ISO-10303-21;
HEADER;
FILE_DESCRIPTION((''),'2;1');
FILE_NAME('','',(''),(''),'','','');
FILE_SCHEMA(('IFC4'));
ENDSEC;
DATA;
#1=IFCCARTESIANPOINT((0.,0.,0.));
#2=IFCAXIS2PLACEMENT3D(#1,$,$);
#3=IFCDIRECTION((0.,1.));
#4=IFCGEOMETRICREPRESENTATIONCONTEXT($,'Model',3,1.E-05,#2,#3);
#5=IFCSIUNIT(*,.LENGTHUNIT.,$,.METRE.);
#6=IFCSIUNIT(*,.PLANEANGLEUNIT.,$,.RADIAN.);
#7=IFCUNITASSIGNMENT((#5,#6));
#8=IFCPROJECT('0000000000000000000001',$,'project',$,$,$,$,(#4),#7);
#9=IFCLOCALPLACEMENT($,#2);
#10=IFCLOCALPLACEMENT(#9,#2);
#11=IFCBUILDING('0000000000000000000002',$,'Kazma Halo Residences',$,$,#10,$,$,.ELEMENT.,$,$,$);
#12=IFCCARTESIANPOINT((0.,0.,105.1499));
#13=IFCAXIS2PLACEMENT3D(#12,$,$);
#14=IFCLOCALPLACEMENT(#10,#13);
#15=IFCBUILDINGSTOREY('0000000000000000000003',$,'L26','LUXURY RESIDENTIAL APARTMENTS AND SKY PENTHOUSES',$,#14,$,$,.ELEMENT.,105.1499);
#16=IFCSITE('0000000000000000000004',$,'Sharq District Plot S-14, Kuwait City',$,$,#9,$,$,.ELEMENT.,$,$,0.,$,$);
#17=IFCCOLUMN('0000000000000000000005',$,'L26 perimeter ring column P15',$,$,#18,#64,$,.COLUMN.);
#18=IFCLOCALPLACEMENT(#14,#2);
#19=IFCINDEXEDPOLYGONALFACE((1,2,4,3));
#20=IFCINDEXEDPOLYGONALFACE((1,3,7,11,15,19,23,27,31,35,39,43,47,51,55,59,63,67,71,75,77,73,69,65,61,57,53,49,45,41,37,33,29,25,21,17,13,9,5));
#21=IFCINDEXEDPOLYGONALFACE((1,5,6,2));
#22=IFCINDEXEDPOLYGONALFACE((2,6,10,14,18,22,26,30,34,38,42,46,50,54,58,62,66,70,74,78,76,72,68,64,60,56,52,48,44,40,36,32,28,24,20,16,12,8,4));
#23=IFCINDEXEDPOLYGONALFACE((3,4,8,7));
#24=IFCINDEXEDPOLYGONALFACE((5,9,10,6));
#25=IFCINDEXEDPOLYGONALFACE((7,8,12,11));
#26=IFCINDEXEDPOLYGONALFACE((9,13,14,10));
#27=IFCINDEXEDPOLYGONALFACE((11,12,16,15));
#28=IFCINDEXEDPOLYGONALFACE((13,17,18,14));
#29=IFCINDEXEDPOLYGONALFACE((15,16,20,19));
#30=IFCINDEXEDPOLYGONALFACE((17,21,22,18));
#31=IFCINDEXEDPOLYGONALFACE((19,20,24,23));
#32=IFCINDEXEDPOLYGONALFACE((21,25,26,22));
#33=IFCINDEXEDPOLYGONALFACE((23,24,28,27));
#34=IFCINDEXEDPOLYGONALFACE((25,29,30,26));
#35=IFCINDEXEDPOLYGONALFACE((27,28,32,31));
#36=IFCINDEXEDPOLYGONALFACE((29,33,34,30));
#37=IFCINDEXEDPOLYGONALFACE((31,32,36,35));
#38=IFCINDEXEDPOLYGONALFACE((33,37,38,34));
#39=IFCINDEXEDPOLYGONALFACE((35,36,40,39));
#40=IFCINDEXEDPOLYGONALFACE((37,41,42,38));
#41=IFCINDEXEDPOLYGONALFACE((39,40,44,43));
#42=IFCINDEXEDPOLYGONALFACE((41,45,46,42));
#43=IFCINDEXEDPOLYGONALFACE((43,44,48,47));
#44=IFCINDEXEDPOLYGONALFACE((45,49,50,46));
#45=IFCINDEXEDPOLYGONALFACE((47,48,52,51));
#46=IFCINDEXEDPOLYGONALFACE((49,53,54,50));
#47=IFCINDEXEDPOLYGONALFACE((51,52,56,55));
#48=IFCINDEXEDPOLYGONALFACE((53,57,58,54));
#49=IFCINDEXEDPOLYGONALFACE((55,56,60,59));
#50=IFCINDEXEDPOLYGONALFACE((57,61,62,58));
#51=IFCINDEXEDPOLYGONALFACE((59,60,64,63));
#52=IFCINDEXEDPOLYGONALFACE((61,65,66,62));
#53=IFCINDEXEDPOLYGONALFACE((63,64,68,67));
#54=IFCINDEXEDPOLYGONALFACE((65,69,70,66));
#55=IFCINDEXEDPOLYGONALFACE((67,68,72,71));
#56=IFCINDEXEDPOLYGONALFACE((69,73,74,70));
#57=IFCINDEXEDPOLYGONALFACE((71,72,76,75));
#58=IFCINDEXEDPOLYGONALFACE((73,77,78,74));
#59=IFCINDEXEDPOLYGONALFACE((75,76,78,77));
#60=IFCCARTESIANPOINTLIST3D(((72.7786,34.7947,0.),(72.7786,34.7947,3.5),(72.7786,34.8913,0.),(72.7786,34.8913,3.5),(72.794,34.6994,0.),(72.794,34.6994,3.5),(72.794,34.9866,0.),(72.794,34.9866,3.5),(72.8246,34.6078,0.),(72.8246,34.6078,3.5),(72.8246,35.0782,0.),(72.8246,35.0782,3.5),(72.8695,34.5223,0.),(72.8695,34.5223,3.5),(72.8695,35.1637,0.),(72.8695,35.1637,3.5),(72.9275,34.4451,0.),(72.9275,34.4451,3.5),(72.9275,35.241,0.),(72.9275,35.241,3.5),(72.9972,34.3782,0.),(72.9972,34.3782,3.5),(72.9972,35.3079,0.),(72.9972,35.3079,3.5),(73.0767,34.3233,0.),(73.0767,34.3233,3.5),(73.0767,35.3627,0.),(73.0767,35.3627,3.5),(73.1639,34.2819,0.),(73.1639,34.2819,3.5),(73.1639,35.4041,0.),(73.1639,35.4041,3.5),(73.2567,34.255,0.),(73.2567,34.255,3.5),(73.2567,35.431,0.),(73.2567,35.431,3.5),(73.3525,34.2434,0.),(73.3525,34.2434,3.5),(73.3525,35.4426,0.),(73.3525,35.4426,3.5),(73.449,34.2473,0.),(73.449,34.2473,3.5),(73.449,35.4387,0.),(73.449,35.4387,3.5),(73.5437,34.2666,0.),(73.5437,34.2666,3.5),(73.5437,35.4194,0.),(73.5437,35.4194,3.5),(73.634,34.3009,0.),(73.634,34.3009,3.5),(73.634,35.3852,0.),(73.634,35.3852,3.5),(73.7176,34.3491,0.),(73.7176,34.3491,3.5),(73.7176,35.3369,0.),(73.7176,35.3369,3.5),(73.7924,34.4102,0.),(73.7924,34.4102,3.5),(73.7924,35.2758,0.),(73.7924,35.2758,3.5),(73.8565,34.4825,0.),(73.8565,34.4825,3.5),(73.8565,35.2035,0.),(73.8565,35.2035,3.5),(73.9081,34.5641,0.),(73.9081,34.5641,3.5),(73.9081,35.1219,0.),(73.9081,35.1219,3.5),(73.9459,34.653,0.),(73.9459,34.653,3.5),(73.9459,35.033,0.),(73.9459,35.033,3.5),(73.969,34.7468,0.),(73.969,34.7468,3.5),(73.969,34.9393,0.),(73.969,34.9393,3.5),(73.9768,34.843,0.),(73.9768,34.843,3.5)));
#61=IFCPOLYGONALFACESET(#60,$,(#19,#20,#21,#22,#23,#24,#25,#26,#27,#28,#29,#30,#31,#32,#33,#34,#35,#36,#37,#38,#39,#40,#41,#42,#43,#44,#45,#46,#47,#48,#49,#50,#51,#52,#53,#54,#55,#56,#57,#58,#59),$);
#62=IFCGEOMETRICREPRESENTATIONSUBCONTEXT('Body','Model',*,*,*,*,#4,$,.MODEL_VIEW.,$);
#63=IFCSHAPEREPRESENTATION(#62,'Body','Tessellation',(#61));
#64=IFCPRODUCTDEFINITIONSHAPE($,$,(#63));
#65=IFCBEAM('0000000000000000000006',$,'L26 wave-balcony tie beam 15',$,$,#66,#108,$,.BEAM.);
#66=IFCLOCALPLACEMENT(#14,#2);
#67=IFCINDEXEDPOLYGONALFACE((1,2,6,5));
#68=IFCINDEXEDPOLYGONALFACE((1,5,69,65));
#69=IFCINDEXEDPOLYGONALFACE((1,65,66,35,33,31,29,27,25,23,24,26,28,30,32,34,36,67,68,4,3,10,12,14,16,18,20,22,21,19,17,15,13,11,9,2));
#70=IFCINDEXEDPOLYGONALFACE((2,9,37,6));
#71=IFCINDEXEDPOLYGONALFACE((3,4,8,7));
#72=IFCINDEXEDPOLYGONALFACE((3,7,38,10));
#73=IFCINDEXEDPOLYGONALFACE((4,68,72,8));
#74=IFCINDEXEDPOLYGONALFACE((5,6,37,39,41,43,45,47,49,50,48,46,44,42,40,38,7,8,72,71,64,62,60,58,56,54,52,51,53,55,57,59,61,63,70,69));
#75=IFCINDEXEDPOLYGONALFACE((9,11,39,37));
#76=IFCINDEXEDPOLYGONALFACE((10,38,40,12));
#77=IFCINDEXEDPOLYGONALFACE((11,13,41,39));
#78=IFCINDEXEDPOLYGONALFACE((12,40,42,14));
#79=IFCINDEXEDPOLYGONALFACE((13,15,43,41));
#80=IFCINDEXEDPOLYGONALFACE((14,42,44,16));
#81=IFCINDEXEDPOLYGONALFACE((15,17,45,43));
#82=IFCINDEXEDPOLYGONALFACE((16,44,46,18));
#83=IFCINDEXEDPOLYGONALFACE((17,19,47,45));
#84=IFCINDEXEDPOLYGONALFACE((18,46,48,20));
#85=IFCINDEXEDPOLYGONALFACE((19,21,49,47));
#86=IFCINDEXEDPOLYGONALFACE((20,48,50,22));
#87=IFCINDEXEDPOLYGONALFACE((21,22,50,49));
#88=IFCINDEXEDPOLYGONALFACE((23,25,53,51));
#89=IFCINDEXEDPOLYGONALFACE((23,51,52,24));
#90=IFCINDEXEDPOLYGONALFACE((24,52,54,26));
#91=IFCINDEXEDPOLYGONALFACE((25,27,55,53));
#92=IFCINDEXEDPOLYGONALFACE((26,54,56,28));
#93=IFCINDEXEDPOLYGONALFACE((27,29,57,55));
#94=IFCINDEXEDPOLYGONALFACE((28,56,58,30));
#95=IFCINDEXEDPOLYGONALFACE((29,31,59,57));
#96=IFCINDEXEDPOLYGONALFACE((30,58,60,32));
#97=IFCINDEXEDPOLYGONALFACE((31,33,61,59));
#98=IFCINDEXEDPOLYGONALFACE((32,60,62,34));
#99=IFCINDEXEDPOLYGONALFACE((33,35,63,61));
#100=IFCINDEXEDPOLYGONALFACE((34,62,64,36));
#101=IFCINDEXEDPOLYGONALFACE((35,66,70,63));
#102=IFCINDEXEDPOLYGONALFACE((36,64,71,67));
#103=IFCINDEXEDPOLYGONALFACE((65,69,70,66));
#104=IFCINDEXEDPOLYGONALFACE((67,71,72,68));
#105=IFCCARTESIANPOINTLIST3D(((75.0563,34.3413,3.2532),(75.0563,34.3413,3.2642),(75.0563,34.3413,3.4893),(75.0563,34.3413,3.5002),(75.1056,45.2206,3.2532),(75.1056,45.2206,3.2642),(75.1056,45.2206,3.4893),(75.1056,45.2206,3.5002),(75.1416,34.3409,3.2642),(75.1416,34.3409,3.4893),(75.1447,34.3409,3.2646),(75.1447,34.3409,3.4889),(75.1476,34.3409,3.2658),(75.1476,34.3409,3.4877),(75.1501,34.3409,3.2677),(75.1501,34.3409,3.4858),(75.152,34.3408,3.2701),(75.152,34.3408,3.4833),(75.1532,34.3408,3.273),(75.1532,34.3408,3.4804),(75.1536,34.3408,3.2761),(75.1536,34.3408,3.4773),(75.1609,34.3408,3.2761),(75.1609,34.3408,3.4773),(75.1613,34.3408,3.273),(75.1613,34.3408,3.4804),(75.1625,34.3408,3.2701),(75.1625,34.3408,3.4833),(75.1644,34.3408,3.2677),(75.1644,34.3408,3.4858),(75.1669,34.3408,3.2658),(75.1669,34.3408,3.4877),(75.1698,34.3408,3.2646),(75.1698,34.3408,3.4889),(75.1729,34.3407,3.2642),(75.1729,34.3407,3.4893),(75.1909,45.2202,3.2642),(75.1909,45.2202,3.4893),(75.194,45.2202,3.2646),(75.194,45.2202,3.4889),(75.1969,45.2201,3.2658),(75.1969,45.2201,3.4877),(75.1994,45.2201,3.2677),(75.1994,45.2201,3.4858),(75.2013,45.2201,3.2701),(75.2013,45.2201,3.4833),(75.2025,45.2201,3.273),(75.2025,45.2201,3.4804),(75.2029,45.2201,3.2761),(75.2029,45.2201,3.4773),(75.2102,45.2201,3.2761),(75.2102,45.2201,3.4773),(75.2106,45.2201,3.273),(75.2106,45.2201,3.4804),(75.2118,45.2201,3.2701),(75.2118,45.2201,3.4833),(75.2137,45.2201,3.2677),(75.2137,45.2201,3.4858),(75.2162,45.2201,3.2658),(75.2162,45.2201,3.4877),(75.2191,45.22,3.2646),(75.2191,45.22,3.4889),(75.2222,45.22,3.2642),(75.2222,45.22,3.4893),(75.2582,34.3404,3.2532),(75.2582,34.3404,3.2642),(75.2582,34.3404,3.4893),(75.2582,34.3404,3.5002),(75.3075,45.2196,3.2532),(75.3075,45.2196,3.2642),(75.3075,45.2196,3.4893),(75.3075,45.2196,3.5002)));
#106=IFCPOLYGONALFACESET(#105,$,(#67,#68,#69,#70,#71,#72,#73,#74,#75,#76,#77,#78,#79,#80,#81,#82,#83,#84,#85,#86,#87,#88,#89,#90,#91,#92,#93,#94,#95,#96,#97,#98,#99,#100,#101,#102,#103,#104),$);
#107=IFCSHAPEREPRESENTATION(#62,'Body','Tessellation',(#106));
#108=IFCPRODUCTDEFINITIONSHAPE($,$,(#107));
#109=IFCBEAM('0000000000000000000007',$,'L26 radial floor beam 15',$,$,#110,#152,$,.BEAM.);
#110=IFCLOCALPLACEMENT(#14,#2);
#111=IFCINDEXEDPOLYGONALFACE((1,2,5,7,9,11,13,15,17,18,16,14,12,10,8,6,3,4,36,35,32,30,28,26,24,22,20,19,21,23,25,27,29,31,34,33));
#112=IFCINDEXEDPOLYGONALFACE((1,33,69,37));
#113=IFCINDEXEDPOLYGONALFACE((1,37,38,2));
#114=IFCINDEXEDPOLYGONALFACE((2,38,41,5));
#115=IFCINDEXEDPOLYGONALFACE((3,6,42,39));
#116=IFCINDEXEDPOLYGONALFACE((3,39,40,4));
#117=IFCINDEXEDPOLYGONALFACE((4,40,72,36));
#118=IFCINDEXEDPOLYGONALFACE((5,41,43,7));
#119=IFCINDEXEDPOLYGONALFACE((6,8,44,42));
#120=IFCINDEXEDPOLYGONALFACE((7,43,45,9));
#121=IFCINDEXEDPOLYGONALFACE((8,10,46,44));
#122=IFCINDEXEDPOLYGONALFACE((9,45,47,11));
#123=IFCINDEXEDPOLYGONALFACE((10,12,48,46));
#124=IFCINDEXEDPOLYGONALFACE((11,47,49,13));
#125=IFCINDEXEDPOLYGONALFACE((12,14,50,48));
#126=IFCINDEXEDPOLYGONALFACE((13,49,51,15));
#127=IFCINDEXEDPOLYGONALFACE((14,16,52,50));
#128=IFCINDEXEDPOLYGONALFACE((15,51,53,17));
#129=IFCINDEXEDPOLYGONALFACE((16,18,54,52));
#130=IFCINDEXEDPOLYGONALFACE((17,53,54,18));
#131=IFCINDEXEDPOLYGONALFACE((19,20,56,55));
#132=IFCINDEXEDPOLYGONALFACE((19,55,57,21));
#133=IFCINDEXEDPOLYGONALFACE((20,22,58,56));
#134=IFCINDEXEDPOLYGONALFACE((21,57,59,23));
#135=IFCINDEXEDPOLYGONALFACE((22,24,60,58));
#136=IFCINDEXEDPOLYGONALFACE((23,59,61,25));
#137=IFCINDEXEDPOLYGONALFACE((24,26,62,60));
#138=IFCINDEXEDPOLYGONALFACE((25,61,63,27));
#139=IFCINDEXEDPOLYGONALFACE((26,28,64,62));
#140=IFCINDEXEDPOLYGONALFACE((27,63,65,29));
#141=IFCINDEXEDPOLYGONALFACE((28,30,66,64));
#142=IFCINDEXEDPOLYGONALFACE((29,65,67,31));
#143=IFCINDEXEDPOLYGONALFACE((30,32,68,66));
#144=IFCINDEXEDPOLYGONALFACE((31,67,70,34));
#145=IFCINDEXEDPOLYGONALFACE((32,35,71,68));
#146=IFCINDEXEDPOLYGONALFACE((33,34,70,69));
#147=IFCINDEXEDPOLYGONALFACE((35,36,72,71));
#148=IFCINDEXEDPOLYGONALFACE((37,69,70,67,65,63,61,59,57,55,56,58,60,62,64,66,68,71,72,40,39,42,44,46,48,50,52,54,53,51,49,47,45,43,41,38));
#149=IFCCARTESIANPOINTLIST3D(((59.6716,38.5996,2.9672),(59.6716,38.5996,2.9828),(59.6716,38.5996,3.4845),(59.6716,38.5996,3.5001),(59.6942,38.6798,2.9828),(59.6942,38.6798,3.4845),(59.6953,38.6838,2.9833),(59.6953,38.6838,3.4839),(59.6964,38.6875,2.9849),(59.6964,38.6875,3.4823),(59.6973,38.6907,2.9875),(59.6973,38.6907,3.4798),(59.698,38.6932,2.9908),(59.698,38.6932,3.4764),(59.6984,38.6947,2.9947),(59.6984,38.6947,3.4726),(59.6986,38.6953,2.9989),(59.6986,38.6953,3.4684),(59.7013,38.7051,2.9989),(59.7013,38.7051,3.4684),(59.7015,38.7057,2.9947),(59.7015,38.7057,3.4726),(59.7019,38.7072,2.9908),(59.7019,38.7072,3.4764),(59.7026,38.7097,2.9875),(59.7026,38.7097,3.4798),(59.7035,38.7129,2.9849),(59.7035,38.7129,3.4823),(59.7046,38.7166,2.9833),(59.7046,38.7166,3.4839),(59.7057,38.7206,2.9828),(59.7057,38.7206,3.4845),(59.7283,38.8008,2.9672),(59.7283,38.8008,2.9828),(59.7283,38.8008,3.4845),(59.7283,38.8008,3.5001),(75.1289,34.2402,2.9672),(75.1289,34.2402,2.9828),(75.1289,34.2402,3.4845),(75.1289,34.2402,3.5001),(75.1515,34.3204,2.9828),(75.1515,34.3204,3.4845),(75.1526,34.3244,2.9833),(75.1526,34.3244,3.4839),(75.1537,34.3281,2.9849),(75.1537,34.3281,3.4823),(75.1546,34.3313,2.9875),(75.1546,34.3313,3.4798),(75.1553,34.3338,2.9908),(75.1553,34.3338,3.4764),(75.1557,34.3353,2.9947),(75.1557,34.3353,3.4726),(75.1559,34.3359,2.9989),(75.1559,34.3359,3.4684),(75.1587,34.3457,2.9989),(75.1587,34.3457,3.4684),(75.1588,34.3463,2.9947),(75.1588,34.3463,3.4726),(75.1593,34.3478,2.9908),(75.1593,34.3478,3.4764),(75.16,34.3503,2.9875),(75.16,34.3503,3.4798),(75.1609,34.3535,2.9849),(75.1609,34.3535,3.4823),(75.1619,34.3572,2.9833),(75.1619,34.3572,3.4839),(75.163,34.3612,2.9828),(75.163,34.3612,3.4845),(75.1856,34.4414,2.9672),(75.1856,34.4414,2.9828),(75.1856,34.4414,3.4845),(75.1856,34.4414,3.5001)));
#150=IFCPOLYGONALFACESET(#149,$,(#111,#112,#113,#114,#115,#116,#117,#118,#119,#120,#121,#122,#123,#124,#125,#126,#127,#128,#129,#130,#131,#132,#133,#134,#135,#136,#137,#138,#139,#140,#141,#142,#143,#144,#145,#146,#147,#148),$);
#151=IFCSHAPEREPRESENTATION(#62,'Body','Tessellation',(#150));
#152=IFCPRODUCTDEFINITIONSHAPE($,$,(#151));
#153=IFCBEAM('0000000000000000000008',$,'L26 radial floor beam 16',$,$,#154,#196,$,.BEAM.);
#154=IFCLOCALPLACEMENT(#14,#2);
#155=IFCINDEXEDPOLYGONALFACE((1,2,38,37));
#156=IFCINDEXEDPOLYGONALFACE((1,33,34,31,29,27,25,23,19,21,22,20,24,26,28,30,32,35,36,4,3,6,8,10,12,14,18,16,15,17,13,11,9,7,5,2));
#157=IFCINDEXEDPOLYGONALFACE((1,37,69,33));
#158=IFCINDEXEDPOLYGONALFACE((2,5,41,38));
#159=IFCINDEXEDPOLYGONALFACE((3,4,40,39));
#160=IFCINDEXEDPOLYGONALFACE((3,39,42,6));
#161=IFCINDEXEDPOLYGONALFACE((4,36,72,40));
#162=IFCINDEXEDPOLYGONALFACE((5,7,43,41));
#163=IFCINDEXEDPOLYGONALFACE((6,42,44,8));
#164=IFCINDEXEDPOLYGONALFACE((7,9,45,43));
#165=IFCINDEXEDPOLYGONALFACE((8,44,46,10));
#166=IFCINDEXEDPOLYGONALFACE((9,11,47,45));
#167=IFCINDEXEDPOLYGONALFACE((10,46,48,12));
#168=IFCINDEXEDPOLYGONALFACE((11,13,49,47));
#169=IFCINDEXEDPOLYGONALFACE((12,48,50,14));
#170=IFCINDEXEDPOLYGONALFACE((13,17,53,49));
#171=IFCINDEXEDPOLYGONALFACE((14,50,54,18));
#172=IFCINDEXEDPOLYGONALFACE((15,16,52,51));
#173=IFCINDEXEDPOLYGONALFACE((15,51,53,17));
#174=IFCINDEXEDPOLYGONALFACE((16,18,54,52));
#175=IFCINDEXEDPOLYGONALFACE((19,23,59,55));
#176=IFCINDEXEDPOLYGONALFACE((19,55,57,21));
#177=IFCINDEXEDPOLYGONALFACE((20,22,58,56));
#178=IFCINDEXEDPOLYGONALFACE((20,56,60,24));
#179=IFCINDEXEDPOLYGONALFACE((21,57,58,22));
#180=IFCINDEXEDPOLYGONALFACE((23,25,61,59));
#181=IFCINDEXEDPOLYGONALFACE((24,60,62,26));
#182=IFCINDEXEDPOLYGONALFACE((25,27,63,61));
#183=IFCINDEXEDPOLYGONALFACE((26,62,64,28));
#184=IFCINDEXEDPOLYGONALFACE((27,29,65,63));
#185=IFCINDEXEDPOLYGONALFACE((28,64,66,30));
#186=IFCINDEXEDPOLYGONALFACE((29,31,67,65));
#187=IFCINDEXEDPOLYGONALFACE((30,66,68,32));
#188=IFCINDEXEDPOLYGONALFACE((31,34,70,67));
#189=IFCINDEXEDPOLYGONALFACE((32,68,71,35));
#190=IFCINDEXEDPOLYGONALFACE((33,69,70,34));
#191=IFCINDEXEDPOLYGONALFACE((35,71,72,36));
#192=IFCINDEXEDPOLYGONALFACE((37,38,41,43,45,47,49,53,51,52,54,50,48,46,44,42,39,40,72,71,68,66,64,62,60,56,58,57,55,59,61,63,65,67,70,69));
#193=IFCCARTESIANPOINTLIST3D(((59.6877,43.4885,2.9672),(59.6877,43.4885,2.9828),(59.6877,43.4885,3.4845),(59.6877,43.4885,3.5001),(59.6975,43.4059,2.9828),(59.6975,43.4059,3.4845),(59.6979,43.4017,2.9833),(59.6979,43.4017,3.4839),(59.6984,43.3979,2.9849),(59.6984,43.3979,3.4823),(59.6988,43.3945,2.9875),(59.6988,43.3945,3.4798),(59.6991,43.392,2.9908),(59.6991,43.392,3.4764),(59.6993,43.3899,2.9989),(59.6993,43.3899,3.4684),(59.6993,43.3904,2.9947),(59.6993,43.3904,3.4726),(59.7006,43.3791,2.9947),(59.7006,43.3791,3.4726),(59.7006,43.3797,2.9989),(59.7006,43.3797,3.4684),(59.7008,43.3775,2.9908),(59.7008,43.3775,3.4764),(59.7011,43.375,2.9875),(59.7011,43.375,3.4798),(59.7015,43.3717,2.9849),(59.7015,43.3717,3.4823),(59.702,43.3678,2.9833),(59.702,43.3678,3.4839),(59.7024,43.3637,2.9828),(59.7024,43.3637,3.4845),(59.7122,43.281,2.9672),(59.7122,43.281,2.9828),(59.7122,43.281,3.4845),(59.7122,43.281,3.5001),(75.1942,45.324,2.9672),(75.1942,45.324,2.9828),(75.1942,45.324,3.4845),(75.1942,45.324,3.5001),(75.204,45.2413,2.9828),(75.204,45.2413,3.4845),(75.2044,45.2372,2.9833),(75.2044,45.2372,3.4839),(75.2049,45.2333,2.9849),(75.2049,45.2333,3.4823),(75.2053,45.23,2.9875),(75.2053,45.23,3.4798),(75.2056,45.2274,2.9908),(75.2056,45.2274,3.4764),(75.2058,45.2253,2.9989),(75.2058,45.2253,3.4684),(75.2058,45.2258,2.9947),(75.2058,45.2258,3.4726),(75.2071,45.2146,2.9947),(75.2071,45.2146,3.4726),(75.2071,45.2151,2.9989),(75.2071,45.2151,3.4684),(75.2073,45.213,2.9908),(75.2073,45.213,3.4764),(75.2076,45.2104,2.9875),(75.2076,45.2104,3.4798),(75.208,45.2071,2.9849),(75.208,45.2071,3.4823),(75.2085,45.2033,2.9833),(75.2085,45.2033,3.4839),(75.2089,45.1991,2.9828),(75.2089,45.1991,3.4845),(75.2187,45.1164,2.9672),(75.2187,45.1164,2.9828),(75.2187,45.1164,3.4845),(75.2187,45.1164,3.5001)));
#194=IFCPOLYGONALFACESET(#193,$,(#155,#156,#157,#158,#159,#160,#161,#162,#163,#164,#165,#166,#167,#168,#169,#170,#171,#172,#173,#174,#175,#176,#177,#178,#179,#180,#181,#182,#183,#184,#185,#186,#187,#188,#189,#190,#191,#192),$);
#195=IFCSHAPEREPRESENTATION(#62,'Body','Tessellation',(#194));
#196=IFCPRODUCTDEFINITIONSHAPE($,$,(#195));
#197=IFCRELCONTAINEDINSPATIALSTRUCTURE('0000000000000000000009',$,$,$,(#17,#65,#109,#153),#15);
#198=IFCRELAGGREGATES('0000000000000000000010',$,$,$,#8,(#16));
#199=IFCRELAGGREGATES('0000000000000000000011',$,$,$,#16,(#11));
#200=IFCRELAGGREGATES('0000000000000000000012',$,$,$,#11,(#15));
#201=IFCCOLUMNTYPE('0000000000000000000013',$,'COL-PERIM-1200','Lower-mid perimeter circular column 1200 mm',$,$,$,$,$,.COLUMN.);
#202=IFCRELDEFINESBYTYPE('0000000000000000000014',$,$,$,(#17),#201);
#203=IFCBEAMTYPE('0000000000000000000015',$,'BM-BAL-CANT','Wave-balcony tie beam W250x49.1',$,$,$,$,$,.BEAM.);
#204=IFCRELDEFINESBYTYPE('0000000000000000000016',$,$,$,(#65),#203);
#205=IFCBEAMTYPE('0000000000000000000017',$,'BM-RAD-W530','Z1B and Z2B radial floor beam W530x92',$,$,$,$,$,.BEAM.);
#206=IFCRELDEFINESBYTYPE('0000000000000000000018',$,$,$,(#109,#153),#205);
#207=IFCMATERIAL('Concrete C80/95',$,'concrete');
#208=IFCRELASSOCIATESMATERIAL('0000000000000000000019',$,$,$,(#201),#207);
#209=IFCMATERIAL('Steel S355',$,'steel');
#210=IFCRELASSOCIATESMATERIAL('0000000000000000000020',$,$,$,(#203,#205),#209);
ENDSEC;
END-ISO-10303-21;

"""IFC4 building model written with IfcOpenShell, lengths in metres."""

from ifc_helpers import new_model, si_unit, direction, frame, origin, origin_2d, place, context, subcontext, project, spatial, circle, i_section, extrude, material, material_profile, profile_set, type_object, element, save


model = new_model("IFC4")

# Units and contexts
model_context = context("Model", 3, precision=1e-05, world=origin(), true_north=direction((0.0, 1.0)))
body_context = subcontext(model_context, "Body", "Model", "MODEL_VIEW")
ifc_project = project(units=[si_unit("LENGTHUNIT", "METRE"), si_unit("PLANEANGLEUNIT", "RADIAN")], contexts=[model_context])

# Site, building, storey
site_placement = place(None, origin())
site = spatial("IfcSite", under=ifc_project, at=site_placement, Name="Sharq District Plot S-14, Kuwait City", CompositionType="ELEMENT", RefElevation=0.0)
building_placement = place(site_placement, origin())
building = spatial("IfcBuilding", under=site, at=building_placement, Name="Kazma Halo Residences", CompositionType="ELEMENT")
storey_placement = place(building_placement, frame((0.0, 0.0, 105.1499)))
storey = spatial("IfcBuildingStorey", under=building, at=storey_placement, Name="L26", Description="LUXURY RESIDENTIAL APARTMENTS AND SKY PENTHOUSES", CompositionType="ELEMENT", Elevation=105.1499)

# Column
ifc_material_1 = material(Name="Concrete C80/95", Category="concrete")
ifc_material_profile_1 = material_profile(ifc_material_1, circle(Radius=0.6001, at=origin_2d()), Name="CIRC1200")
ifc_profile_set_1 = profile_set([ifc_material_profile_1], Name="Concrete C80/95")
column_type = type_object("IfcColumnType", Name="COL-PERIM-1200", Description="Lower-mid perimeter circular column 1200 mm", PredefinedType="COLUMN", material=ifc_profile_set_1)
column_placement = place(storey_placement, frame((73.3767, 34.843, 0.0), z_axis=(0.0, 0.0, 1.0), x_axis=(1.0, 0.0, 0.0)))
element("IfcColumn", 1, at=column_placement, inside=storey, type_object=column_type, Name="L26 perimeter ring column P15", PredefinedType="COLUMN", context=body_context, shape_type="SweptSolid", body=[
    extrude(circle(Radius=0.6001, at=origin_2d()), origin(), (0.0, 0.0, 1.0), 3.5),
])

# Beams
ifc_material_2 = material(Name="Steel S355", Category="steel")
ifc_material_profile_2 = material_profile(ifc_material_2, i_section(OverallWidth=0.2019, OverallDepth=0.2471, WebThickness=0.0073, FlangeThickness=0.011, FilletRadius=0.012, at=origin_2d()), Name="W250x49.1")
ifc_profile_set_2 = profile_set([ifc_material_profile_2], Name="Steel S355")
beam_type_1 = type_object("IfcBeamType", Name="BM-BAL-CANT", Description="Wave-balcony tie beam W250x49.1", PredefinedType="BEAM", material=ifc_profile_set_2)
beam_1_placement = place(storey_placement, frame((75.1572, 34.3408, 3.3767), z_axis=(0.004533, 0.99999, 0.0), x_axis=(-0.99999, 0.004533, 0.0)))
element("IfcBeam", 2, at=beam_1_placement, inside=storey, type_object=beam_type_1, Name="L26 wave-balcony tie beam 15", PredefinedType="BEAM", context=body_context, shape_type="SweptSolid", body=[
    extrude(i_section(OverallWidth=0.2019, OverallDepth=0.2471, WebThickness=0.0073, FlangeThickness=0.011, FilletRadius=0.012, at=origin_2d()), origin(), (0.0, 0.0, 1.0), 10.8794),
])
ifc_material_profile_3 = material_profile(ifc_material_2, i_section(OverallWidth=0.209, OverallDepth=0.533, WebThickness=0.0103, FlangeThickness=0.0156, FilletRadius=0.0161, at=origin_2d()), Name="W530x92")
ifc_profile_set_3 = profile_set([ifc_material_profile_3], Name="Steel S355")
beam_type_2 = type_object("IfcBeamType", Name="BM-RAD-W530", Description="Z1B and Z2B radial floor beam W530x92", PredefinedType="BEAM", material=ifc_profile_set_3)
beam_2_placement = place(storey_placement, frame((59.7, 38.7002, 3.2336), z_axis=(0.962456, -0.271439, 0.0), x_axis=(0.271439, 0.962456, 0.0)))
element("IfcBeam", 3, at=beam_2_placement, inside=storey, type_object=beam_type_2, Name="L26 radial floor beam 15", PredefinedType="BEAM", context=body_context, shape_type="SweptSolid", body=[
    extrude(i_section(OverallWidth=0.209, OverallDepth=0.533, WebThickness=0.0103, FlangeThickness=0.0156, FilletRadius=0.0161, at=origin_2d()), origin(), (0.0, 0.0, 1.0), 16.0603),
])
beam_3_placement = place(storey_placement, frame((59.7, 43.3848, 3.2336), z_axis=(0.993068, 0.117545, 0.0), x_axis=(-0.117545, 0.993068, 0.0)))
element("IfcBeam", 4, at=beam_3_placement, inside=storey, type_object=beam_type_2, Name="L26 radial floor beam 16", PredefinedType="BEAM", context=body_context, shape_type="SweptSolid", body=[
    extrude(i_section(OverallWidth=0.209, OverallDepth=0.533, WebThickness=0.0103, FlangeThickness=0.0156, FilletRadius=0.0161, at=origin_2d()), origin(), (0.0, 0.0, 1.0), 15.6147),
])

save(model, "model.ifc")
